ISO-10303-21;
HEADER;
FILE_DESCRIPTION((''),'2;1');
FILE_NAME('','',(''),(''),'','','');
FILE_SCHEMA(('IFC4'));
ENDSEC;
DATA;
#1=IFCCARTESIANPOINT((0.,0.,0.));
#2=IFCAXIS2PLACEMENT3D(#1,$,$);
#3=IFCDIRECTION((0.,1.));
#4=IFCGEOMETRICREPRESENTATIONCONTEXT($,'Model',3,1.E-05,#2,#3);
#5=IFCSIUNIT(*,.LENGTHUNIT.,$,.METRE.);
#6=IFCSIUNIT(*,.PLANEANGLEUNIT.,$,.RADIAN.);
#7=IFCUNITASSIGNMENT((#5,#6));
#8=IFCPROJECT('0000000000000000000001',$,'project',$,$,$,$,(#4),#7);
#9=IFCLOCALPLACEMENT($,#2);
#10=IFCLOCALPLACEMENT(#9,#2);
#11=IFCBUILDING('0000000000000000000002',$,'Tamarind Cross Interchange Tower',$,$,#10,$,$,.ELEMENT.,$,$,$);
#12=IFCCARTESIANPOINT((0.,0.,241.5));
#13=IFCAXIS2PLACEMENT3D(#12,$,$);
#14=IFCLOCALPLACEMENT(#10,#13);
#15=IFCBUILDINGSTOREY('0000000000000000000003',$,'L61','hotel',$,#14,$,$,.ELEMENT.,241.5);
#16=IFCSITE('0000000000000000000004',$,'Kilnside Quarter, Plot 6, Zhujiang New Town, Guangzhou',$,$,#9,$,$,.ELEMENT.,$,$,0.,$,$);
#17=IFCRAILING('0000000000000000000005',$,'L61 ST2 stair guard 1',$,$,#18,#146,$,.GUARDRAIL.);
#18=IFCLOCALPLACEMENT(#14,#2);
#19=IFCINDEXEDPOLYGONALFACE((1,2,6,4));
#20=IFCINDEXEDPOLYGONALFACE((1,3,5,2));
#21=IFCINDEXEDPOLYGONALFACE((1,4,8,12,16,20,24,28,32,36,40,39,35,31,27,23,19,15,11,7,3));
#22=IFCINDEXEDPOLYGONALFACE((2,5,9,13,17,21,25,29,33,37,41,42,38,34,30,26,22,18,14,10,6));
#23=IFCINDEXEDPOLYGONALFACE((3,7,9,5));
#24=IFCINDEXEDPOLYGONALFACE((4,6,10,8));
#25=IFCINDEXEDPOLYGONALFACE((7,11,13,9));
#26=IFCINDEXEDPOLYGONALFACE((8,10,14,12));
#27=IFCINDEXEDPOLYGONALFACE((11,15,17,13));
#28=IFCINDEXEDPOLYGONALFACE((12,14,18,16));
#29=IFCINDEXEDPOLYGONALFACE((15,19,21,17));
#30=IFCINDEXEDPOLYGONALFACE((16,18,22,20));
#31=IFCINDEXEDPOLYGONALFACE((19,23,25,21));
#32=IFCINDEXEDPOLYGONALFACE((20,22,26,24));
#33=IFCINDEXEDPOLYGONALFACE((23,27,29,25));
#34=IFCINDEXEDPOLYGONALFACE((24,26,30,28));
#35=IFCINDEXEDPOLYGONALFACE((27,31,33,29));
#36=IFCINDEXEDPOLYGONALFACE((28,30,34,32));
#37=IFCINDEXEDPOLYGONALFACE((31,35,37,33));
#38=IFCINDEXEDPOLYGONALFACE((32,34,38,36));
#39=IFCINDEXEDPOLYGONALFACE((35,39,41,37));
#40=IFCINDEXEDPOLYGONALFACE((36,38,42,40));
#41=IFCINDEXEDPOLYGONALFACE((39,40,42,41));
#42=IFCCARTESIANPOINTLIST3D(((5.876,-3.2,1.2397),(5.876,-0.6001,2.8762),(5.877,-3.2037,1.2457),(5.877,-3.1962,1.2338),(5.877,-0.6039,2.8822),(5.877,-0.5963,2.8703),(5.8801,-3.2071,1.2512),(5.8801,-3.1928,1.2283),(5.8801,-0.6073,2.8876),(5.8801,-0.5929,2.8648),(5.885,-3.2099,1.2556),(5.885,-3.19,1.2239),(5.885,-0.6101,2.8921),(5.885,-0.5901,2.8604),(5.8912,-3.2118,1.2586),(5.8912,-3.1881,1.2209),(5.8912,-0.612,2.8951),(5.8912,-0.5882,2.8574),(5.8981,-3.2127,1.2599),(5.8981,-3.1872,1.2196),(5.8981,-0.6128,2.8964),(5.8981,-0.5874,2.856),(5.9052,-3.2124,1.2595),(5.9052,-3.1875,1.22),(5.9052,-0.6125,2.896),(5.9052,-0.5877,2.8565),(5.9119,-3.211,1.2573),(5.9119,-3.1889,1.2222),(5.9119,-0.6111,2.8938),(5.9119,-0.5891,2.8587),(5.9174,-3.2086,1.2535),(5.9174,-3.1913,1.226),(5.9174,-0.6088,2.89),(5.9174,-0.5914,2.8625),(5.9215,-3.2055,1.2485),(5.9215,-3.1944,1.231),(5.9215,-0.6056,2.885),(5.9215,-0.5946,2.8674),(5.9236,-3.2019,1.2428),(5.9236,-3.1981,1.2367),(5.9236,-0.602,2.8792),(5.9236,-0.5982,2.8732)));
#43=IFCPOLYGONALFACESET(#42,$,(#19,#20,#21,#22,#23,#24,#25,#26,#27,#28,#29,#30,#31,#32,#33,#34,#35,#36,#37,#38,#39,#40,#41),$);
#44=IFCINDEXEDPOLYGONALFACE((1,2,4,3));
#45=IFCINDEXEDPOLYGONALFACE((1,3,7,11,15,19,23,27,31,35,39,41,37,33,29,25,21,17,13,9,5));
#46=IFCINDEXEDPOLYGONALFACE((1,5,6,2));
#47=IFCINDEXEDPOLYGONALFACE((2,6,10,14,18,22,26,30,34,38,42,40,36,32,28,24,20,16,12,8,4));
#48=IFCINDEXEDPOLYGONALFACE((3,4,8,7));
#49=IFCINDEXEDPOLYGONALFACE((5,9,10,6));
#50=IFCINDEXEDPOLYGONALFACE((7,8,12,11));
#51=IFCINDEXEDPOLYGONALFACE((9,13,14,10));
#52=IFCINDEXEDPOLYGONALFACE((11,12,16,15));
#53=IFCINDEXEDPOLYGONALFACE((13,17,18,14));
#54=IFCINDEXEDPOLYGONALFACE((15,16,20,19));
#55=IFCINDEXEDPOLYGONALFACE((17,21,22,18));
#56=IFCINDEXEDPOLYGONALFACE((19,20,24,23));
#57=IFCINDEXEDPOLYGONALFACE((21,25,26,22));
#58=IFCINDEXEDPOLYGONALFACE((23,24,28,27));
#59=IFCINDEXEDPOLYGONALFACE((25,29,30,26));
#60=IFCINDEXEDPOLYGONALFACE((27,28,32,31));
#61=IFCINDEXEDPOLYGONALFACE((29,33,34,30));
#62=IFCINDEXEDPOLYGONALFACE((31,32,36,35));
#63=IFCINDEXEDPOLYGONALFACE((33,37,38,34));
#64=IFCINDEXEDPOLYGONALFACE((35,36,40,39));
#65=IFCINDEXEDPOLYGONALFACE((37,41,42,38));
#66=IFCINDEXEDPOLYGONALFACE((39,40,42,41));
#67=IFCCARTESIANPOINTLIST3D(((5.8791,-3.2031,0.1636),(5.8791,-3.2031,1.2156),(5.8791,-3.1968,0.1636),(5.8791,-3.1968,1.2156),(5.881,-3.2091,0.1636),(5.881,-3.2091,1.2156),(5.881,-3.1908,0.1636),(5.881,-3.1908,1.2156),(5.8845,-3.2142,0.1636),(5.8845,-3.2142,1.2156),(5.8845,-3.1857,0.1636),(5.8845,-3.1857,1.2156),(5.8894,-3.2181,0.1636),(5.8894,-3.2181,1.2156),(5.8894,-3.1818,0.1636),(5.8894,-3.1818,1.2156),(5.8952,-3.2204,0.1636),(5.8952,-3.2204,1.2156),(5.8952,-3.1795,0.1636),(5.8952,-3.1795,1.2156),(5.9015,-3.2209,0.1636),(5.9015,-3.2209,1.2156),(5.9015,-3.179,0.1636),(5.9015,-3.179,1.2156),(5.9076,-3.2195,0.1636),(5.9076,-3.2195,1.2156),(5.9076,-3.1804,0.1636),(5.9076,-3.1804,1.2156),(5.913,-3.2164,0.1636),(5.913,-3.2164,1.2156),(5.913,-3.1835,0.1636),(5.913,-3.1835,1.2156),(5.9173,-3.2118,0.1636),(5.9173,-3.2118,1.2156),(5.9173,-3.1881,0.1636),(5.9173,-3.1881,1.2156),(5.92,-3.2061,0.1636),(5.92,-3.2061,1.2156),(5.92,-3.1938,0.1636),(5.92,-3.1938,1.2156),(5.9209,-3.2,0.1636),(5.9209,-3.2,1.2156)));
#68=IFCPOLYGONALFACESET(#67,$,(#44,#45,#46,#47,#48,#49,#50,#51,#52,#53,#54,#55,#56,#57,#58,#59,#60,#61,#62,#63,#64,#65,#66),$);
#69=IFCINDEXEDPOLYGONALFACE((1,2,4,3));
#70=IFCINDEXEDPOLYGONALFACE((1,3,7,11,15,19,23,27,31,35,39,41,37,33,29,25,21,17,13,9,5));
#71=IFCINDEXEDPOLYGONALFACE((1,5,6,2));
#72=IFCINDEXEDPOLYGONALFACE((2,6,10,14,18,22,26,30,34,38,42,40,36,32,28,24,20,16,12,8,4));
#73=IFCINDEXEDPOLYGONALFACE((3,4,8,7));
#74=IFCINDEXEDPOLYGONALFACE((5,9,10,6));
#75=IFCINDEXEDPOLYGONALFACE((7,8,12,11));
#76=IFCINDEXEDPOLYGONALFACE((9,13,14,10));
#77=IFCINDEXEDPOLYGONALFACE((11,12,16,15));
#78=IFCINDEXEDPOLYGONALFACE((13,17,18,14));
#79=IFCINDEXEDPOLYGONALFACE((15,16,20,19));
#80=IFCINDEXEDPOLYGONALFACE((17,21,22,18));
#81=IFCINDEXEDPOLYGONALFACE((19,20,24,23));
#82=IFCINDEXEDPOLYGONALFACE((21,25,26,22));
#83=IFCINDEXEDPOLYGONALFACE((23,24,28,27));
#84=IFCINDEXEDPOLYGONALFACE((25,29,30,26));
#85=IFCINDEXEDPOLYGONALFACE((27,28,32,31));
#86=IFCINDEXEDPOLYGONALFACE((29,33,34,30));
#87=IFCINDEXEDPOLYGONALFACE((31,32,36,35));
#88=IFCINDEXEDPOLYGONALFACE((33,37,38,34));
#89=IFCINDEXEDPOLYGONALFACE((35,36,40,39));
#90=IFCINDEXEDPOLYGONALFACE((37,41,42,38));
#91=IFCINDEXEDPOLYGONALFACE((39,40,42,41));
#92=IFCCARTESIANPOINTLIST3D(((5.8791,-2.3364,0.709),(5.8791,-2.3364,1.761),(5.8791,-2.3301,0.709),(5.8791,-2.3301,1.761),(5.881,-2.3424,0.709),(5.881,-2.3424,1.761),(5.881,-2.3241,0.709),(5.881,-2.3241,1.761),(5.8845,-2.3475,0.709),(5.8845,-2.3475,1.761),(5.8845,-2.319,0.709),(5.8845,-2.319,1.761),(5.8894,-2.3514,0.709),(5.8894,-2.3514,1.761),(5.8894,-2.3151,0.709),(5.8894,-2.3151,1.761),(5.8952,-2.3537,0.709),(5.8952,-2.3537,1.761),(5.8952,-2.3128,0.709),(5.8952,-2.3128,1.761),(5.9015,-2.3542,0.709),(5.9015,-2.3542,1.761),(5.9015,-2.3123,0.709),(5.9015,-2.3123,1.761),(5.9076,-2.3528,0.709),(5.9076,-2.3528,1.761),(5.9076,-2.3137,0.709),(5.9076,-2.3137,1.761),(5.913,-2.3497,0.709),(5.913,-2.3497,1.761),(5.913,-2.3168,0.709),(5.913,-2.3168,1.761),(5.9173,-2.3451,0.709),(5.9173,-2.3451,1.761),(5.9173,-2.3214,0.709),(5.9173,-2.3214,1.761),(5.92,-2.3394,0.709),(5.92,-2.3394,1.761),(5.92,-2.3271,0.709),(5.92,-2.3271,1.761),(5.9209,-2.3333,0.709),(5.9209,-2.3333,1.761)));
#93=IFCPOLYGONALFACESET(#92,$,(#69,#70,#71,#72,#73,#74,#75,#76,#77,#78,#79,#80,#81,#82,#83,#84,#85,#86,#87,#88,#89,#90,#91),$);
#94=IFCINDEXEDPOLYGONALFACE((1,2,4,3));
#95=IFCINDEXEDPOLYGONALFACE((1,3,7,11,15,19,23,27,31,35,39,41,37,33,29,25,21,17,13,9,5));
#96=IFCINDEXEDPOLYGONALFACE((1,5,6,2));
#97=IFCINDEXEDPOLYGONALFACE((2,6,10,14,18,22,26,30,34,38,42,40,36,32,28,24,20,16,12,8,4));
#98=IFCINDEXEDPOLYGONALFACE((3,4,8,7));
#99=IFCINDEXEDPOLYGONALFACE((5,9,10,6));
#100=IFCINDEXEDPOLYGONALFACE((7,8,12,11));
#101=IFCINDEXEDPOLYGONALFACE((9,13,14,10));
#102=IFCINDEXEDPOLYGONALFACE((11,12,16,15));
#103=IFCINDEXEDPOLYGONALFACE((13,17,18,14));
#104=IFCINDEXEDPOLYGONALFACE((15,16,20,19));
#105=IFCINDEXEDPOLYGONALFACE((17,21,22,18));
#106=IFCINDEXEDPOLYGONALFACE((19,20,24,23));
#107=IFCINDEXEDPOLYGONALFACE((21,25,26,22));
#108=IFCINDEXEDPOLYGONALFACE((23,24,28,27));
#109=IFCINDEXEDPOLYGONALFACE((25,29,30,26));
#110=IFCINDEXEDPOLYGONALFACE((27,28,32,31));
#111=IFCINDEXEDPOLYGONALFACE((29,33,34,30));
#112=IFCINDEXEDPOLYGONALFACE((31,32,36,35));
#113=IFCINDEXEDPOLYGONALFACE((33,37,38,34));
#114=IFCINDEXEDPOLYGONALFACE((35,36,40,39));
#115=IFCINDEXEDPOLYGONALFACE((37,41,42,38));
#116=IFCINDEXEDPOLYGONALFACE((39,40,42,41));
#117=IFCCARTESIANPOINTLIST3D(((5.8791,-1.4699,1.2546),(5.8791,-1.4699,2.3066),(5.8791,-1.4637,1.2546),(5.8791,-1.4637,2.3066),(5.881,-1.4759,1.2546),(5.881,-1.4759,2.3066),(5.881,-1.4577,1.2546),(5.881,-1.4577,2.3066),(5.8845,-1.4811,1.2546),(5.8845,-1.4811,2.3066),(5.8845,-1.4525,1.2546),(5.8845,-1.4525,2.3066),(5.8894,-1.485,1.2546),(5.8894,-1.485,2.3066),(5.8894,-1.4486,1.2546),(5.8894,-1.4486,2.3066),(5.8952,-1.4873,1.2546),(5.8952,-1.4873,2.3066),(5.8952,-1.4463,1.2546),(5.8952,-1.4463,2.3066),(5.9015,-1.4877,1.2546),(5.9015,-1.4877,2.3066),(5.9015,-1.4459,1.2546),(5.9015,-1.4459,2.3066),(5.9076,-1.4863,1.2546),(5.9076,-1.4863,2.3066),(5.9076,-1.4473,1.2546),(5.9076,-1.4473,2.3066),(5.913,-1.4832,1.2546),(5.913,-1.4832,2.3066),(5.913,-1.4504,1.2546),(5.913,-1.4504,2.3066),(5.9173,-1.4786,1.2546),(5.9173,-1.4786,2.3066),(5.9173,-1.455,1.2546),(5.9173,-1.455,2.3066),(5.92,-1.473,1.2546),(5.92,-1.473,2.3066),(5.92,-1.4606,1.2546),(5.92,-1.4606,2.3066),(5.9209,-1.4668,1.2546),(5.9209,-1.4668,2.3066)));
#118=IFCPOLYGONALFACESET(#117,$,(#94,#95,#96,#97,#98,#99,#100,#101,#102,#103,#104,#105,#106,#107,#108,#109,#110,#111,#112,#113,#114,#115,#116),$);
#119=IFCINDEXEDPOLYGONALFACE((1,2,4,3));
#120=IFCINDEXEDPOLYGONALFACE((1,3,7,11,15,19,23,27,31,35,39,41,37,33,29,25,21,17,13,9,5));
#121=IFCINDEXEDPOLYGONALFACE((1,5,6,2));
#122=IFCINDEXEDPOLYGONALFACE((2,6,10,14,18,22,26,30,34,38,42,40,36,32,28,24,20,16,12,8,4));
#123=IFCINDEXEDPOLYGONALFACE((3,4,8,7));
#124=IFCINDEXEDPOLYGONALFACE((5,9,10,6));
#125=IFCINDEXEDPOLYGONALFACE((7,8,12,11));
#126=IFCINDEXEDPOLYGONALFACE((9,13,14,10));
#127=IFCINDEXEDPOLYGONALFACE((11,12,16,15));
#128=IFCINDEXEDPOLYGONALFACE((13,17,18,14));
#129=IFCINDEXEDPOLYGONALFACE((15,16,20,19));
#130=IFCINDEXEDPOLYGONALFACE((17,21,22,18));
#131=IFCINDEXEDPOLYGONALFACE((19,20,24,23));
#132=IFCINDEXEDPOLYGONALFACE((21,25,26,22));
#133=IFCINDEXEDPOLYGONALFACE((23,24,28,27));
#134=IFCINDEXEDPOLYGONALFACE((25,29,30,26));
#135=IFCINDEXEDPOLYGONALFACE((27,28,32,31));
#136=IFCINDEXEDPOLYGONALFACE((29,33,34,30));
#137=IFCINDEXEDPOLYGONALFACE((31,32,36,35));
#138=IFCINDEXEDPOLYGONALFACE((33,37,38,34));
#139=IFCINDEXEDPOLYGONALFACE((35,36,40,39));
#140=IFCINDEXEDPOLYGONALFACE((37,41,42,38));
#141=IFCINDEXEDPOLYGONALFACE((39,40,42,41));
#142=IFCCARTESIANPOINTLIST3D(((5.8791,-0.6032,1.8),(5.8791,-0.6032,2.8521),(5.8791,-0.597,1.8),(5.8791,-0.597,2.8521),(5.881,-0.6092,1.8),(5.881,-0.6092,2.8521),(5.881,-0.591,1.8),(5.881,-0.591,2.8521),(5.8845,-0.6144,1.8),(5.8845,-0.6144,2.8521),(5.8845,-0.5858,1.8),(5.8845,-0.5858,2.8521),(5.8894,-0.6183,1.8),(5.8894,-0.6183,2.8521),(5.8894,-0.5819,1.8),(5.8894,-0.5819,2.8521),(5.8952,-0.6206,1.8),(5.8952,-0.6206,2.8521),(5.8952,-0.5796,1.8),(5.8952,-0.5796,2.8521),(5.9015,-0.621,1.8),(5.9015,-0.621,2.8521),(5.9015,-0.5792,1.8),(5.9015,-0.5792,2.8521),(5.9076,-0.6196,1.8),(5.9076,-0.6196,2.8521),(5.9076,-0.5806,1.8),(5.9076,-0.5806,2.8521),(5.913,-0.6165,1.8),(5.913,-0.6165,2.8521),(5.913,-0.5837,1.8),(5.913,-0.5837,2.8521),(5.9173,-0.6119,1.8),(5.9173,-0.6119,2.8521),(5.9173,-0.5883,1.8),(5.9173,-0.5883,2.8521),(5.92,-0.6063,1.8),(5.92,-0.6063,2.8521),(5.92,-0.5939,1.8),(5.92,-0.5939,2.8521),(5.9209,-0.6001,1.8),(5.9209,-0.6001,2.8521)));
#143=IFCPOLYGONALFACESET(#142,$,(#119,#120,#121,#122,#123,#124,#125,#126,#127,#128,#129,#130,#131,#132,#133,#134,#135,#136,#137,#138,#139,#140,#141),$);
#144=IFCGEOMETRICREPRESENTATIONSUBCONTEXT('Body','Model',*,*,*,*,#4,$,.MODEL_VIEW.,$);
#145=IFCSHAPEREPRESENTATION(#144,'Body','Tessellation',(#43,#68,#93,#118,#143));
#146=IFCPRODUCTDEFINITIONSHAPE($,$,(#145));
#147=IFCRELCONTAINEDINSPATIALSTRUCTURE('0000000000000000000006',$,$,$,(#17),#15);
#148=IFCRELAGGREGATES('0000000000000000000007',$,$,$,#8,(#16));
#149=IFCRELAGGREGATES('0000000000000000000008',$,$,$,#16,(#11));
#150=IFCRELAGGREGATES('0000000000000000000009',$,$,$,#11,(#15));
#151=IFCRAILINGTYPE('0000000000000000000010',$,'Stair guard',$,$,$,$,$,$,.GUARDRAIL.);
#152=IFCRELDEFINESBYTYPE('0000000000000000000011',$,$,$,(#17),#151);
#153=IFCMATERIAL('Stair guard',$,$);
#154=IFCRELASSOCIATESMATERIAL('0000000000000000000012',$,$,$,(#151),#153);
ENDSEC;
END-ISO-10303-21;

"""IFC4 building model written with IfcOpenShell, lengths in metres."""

from ifc_helpers import new_model, si_unit, direction, frame, origin, origin_2d, place, context, subcontext, project, spatial, circle, extrude, material, type_object, element, save


model = new_model("IFC4")

# Units and contexts
model_context = context("Model", 3, precision=1e-05, world=origin(), true_north=direction((0.0, 1.0)))
body_context = subcontext(model_context, "Body", "Model", "MODEL_VIEW")
ifc_project = project(units=[si_unit("LENGTHUNIT", "METRE"), si_unit("PLANEANGLEUNIT", "RADIAN")], contexts=[model_context])

# Site, building, storey
site_placement = place(None, origin())
site = spatial("IfcSite", under=ifc_project, at=site_placement, Name="Kilnside Quarter, Plot 6, Zhujiang New Town, Guangzhou", CompositionType="ELEMENT", RefElevation=0.0)
building_placement = place(site_placement, origin())
building = spatial("IfcBuilding", under=site, at=building_placement, Name="Tamarind Cross Interchange Tower", CompositionType="ELEMENT")
storey_placement = place(building_placement, frame((0.0, 0.0, 241.5)))
storey = spatial("IfcBuildingStorey", under=building, at=storey_placement, Name="L61", Description="hotel", CompositionType="ELEMENT", Elevation=241.5)

# Railing
ifc_material_1 = material(Name="Stair guard")
railing_type = type_object("IfcRailingType", Name="Stair guard", PredefinedType="GUARDRAIL", material=ifc_material_1)
railing_1_placement = place(storey_placement, frame((5.8999, -3.2, 0.1636)))
element("IfcRailing", 1, at=railing_1_placement, inside=storey, type_object=railing_type, Name="L61 ST2 stair guard 1", PredefinedType="GUARDRAIL", context=body_context, shape_type="SweptSolid", body=[
    extrude(circle(Radius=0.0239, at=origin_2d()), frame((0.0, 0.0, 1.0762), z_axis=(0.0, 0.846302, 0.532704), x_axis=(-1.0, 0.0, 0.0)), (0.0, 0.0, 1.0), 3.072),
    extrude(circle(Radius=0.021, at=origin_2d()), origin(), (0.0, 0.0, 1.0), 1.052),
    extrude(circle(Radius=0.021, at=origin_2d()), frame((0.0, 0.8667, 0.5454)), (0.0, 0.0, 1.0), 1.052),
    extrude(circle(Radius=0.021, at=origin_2d()), frame((0.0, 1.7332, 1.0911)), (0.0, 0.0, 1.0), 1.052),
    extrude(circle(Radius=0.021, at=origin_2d()), frame((0.0, 2.5999, 1.6365)), (0.0, 0.0, 1.0), 1.052),
])

save(model, "model.ifc")
